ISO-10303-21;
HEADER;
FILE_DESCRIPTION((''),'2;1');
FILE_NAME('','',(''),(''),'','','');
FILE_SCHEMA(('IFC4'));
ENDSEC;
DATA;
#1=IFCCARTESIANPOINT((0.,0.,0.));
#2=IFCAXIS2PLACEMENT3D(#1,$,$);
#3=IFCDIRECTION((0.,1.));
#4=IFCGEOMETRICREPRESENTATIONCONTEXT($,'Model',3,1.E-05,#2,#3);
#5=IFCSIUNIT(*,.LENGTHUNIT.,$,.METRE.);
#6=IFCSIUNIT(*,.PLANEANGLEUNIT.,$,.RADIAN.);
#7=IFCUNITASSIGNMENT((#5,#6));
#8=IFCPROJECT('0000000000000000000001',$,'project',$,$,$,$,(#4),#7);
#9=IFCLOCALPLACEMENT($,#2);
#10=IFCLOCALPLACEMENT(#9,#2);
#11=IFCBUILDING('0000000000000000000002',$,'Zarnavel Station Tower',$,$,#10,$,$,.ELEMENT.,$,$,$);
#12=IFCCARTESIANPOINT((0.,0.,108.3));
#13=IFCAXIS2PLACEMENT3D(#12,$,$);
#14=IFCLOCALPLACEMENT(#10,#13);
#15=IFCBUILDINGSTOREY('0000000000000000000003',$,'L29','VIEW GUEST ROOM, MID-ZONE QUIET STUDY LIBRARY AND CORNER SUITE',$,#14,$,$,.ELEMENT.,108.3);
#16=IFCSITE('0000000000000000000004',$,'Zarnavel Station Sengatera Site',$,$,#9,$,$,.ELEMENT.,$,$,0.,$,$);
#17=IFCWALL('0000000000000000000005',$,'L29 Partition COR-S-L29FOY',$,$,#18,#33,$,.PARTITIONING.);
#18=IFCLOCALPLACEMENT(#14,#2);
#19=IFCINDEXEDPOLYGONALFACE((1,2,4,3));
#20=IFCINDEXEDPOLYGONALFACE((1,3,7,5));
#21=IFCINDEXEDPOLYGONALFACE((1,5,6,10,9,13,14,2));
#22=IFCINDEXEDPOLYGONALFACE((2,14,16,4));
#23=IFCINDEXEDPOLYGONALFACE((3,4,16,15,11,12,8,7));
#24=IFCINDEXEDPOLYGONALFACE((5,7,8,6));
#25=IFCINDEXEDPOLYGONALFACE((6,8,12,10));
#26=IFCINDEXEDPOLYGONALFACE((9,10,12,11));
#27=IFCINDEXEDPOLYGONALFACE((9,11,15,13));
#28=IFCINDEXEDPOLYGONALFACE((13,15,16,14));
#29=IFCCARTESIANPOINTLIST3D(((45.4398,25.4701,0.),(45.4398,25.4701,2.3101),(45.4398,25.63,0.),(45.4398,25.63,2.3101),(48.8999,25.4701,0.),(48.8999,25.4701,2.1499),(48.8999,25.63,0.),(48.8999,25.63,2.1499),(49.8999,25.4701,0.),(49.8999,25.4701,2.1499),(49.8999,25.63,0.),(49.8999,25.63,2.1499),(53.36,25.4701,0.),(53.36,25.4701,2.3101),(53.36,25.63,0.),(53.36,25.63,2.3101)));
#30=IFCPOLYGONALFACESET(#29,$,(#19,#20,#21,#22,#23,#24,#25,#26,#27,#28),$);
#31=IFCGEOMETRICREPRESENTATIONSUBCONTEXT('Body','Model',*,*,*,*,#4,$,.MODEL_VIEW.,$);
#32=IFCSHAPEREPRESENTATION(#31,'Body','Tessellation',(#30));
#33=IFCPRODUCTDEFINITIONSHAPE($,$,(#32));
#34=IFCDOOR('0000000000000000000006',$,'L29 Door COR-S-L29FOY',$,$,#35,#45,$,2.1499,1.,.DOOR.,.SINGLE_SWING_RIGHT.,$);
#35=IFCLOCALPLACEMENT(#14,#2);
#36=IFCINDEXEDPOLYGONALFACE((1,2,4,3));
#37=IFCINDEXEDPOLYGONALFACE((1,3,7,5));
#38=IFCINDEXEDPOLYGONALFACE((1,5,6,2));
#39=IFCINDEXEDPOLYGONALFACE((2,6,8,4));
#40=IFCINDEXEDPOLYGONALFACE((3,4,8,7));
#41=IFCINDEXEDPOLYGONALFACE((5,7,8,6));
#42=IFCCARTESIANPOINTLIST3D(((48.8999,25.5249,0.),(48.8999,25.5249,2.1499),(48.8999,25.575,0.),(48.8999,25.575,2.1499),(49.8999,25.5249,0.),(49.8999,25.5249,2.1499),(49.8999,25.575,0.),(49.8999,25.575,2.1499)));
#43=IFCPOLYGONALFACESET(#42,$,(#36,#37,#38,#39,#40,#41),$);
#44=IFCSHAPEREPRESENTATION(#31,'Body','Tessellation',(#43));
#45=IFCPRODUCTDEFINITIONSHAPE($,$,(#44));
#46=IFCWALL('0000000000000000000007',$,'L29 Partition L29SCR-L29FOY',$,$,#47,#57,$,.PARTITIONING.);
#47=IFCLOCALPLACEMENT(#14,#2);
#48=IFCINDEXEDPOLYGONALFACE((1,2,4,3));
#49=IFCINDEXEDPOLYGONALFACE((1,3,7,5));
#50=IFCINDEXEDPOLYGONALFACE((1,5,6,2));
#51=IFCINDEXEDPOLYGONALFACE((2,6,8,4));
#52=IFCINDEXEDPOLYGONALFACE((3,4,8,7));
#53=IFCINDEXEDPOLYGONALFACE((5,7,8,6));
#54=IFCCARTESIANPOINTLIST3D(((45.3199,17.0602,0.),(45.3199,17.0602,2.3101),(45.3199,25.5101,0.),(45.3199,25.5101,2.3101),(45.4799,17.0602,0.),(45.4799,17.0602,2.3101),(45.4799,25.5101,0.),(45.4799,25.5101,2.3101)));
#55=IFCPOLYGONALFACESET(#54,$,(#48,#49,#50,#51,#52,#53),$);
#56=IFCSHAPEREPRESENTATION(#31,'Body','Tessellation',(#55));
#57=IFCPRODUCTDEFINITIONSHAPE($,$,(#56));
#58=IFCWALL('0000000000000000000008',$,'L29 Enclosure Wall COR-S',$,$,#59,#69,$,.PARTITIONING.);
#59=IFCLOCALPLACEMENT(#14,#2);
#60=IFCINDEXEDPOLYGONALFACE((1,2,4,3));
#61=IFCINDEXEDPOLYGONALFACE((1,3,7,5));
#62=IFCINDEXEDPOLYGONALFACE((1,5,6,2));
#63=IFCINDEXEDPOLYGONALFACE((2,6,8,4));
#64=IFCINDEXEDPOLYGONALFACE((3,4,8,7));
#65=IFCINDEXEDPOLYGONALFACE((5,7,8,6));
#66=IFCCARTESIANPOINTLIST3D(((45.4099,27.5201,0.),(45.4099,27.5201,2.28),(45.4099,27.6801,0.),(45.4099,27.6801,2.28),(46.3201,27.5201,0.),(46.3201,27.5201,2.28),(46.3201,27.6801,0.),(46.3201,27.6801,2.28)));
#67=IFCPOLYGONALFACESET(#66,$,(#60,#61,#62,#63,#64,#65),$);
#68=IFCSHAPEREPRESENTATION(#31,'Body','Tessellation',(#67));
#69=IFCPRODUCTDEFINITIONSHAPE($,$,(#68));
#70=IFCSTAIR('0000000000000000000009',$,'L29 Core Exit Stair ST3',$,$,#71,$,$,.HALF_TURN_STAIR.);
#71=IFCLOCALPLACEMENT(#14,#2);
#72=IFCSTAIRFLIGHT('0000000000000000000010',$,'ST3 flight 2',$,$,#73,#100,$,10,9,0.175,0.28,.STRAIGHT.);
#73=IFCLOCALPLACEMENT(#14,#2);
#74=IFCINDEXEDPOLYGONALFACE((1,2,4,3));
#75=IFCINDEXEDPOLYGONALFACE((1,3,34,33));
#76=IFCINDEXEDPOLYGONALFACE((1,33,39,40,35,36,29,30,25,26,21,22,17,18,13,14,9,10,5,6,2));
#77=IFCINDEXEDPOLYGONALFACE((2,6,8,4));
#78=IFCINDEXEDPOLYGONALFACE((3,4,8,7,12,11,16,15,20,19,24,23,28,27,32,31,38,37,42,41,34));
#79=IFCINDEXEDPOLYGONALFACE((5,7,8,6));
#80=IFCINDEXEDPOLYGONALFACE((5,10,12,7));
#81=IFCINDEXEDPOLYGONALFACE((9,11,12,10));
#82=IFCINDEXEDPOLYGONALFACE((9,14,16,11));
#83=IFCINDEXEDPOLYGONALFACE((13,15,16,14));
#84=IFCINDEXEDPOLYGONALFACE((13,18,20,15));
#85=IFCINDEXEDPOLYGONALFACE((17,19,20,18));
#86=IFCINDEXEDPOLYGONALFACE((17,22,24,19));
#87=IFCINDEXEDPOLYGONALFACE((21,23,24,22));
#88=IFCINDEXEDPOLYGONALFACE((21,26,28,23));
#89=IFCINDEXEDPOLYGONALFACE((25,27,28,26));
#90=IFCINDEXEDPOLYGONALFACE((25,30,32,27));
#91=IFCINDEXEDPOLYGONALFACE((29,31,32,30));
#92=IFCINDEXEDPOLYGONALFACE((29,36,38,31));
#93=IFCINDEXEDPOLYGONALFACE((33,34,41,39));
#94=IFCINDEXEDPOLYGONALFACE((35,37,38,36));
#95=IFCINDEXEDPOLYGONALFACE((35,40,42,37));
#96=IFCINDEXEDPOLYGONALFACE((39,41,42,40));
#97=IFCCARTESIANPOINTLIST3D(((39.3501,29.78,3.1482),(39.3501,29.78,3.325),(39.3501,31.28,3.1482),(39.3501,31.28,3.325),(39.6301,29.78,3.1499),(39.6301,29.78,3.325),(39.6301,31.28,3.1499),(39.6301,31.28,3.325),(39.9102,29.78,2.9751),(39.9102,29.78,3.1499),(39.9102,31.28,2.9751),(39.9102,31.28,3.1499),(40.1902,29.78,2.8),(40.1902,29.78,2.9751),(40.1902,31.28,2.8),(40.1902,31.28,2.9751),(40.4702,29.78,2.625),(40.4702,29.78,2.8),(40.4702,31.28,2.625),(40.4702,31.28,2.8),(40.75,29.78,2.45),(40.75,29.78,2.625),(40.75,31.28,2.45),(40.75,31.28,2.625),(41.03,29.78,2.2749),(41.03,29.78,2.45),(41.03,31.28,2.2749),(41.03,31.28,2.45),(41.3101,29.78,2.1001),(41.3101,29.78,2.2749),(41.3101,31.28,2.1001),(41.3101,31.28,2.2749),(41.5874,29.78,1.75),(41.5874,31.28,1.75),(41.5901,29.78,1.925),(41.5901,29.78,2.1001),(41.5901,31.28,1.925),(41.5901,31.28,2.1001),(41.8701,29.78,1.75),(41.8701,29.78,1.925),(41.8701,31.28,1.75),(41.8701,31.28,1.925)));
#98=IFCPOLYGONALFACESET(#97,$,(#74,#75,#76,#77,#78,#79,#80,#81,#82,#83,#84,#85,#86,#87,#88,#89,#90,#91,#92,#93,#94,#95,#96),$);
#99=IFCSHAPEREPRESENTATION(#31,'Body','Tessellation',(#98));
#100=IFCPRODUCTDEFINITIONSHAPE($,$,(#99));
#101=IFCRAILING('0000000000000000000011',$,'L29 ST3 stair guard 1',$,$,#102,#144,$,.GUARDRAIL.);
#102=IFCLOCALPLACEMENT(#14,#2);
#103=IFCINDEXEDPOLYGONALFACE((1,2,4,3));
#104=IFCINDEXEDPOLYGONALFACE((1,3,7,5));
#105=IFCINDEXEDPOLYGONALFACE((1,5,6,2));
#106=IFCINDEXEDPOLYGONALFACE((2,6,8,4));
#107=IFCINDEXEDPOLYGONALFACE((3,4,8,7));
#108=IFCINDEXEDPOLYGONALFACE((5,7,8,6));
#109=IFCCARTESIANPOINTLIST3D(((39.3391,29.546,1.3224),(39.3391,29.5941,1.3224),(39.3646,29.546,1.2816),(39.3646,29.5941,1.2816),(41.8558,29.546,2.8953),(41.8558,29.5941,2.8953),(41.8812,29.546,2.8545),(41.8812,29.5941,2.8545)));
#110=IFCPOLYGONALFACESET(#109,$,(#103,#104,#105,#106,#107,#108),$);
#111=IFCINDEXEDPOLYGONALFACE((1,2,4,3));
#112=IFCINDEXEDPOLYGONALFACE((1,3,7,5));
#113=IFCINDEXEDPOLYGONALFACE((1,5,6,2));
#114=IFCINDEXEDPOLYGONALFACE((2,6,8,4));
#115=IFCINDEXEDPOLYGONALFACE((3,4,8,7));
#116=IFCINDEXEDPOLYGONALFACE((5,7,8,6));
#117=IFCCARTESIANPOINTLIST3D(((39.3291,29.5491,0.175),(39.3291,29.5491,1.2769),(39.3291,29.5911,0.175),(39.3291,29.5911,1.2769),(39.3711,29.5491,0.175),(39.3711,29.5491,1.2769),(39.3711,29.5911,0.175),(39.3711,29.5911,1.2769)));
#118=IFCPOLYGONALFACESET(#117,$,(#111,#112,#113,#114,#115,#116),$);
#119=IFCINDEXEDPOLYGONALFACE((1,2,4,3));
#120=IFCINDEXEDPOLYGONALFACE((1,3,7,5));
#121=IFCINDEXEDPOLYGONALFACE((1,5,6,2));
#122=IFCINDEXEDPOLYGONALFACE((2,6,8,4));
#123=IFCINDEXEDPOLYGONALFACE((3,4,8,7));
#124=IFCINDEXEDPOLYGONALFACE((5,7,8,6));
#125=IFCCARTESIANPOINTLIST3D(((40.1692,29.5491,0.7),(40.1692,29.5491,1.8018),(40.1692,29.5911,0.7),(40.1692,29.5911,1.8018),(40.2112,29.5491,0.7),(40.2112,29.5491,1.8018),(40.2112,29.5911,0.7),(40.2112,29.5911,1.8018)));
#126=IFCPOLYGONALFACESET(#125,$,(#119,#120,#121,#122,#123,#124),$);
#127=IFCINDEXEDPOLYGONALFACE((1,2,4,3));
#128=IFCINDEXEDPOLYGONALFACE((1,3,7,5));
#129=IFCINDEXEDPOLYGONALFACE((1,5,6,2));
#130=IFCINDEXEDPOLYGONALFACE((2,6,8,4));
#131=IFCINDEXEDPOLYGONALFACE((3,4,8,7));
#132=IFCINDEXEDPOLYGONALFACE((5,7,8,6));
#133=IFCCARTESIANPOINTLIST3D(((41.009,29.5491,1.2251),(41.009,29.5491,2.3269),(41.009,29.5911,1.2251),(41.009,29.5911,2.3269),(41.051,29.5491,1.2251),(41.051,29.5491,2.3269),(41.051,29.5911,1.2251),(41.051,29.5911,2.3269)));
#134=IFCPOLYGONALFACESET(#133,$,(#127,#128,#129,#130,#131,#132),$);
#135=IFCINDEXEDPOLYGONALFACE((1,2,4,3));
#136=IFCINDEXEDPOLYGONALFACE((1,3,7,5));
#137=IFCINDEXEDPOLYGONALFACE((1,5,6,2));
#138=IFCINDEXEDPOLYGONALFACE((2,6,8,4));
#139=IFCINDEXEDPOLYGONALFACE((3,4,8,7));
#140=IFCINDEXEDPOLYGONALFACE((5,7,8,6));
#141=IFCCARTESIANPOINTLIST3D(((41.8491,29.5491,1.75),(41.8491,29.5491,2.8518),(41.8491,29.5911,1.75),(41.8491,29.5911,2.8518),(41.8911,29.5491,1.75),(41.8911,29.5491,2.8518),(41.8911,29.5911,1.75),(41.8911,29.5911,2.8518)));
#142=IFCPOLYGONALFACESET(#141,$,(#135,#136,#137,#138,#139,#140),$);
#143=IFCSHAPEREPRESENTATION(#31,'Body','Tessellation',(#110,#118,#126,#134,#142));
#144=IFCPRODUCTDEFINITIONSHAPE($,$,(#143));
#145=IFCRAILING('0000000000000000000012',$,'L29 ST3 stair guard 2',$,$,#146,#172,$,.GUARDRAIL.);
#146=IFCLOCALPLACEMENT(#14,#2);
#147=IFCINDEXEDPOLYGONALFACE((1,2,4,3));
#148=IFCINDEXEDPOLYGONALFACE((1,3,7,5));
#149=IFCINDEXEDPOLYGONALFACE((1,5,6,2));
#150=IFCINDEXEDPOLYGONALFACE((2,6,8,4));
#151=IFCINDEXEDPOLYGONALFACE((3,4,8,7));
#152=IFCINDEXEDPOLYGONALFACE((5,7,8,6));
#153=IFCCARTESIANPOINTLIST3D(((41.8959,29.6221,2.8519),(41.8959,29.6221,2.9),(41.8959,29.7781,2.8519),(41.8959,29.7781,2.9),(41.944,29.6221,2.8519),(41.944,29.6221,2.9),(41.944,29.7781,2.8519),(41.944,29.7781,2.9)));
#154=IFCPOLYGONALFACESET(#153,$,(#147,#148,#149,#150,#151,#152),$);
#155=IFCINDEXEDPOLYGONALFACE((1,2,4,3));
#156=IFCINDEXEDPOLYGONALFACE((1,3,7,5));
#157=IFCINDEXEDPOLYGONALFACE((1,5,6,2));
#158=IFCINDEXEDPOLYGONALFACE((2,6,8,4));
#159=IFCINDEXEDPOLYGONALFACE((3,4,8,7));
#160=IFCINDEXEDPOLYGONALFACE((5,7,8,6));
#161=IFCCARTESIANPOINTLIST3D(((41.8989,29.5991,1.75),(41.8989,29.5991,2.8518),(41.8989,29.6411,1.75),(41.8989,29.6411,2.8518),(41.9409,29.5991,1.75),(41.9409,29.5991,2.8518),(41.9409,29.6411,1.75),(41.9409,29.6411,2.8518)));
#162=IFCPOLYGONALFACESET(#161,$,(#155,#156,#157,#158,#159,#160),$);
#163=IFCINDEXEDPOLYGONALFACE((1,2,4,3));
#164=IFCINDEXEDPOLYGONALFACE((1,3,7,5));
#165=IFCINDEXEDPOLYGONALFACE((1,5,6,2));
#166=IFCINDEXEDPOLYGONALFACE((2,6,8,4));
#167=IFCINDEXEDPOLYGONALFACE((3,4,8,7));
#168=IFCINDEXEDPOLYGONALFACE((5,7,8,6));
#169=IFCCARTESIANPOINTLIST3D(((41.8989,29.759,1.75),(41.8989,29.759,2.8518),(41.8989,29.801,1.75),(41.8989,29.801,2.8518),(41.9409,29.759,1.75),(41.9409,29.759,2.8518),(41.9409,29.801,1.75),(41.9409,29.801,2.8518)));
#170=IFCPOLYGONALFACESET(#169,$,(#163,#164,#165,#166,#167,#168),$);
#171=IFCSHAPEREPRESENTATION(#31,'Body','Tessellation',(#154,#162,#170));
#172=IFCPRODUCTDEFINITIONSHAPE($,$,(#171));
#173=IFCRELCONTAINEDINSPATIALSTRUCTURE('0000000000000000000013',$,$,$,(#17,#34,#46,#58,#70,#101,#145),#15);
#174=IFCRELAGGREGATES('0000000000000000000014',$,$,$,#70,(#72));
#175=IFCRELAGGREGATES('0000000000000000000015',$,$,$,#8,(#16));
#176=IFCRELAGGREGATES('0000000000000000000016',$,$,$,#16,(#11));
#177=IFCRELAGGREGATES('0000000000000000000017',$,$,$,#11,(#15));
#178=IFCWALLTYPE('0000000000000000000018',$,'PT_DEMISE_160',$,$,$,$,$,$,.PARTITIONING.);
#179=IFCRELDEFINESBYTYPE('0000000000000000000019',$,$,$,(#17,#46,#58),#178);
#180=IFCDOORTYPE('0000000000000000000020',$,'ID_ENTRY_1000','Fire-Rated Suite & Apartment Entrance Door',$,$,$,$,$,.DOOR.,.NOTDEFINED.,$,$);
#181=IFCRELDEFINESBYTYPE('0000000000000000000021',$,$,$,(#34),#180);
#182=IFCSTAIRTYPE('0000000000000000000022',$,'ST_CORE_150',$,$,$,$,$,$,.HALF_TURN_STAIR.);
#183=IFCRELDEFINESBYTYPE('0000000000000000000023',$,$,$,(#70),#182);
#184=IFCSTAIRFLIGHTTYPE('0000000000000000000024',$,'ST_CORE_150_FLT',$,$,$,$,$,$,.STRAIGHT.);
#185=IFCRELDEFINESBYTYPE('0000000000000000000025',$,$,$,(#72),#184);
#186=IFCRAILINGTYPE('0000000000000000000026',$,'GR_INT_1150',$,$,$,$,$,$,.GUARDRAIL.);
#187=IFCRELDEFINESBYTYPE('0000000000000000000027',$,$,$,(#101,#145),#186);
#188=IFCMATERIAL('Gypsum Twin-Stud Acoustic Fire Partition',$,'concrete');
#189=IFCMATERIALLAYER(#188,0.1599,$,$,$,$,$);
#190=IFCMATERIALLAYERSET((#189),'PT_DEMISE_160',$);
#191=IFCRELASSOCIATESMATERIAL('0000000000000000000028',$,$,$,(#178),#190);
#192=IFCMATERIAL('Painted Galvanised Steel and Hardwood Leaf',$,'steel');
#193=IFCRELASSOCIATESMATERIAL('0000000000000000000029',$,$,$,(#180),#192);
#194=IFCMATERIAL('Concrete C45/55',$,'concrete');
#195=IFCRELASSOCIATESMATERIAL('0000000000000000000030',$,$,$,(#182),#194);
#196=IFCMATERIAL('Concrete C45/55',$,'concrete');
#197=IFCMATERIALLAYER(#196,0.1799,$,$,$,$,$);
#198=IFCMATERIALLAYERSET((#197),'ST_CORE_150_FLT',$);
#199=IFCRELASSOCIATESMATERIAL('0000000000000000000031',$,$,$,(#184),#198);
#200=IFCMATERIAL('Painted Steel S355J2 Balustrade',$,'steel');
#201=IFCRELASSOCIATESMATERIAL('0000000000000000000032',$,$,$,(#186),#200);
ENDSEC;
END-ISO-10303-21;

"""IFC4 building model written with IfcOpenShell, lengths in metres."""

from ifc_helpers import new_model, si_unit, direction, frame, frame_2d, origin, origin_2d, place, context, subcontext, project, spatial, polyline, rectangle, outline, extrude, material, layer, layer_set, type_object, element, fill, aggregate, save


model = new_model("IFC4")

# Units and contexts
model_context = context("Model", 3, precision=1e-05, world=origin(), true_north=direction((0.0, 1.0)))
body_context = subcontext(model_context, "Body", "Model", "MODEL_VIEW")
ifc_project = project(units=[si_unit("LENGTHUNIT", "METRE"), si_unit("PLANEANGLEUNIT", "RADIAN")], contexts=[model_context])

# Site, building, storey
site_placement = place(None, origin())
site = spatial("IfcSite", under=ifc_project, at=site_placement, Name="Zarnavel Station Sengatera Site", CompositionType="ELEMENT", RefElevation=0.0)
building_placement = place(site_placement, origin())
building = spatial("IfcBuilding", under=site, at=building_placement, Name="Zarnavel Station Tower", CompositionType="ELEMENT")
storey_placement = place(building_placement, frame((0.0, 0.0, 108.3)))
storey = spatial("IfcBuildingStorey", under=building, at=storey_placement, Name="L29", Description="VIEW GUEST ROOM, MID-ZONE QUIET STUDY LIBRARY AND CORNER SUITE", CompositionType="ELEMENT", Elevation=108.3)

# Wall, opening, door
ifc_material_1 = material(Name="Gypsum Twin-Stud Acoustic Fire Partition", Category="concrete")
ifc_layer_1 = layer(ifc_material_1, 0.1599)
ifc_layer_set_1 = layer_set([ifc_layer_1], Name="PT_DEMISE_160")
wall_type_1 = type_object("IfcWallType", Name="PT_DEMISE_160", PredefinedType="PARTITIONING", material=ifc_layer_set_1)
wall_1_placement = place(storey_placement, frame((45.4399, 25.55, 0.0), z_axis=(0.0, 0.0, 1.0), x_axis=(1.0, 0.0, 0.0)))
wall_1 = element("IfcWall", 1, at=wall_1_placement, inside=storey, type_object=wall_type_1, Name="L29 Partition COR-S-L29FOY", PredefinedType="PARTITIONING", context=body_context, shape_type="SweptSolid", body=[
    extrude(rectangle(XDim=7.9202, YDim=0.1599, at=frame_2d((3.96, 0.0))), origin(), (0.0, 0.0, 1.0), 2.3101),
])
opening_1_placement = place(wall_1_placement, frame((3.46, 0.0, 0.0)))
opening_1 = element("IfcOpeningElement", 2, at=opening_1_placement, cuts=wall_1, PredefinedType="OPENING", context=body_context, shape_type="SweptSolid", body=[
    extrude(rectangle(XDim=1.0, YDim=2.1499, at=frame_2d((0.5, 1.075))), frame((0.0, 0.0898, 0.0), z_axis=(0.0, -1.0, 0.0), x_axis=(1.0, 0.0, 0.0)), (0.0, 0.0, 1.0), 0.1799),
])
ifc_material_2 = material(Name="Painted Galvanised Steel and Hardwood Leaf", Category="steel")
door_type_1 = type_object("IfcDoorType", Name="ID_ENTRY_1000", Description="Fire-Rated Suite & Apartment Entrance Door", OperationType="NOTDEFINED", PredefinedType="DOOR", material=ifc_material_2)
door_1_placement = place(opening_1_placement, origin())
door_1 = element("IfcDoor", 3, at=door_1_placement, inside=storey, type_object=door_type_1, Name="L29 Door COR-S-L29FOY", OperationType="SINGLE_SWING_RIGHT", OverallHeight=2.1499, OverallWidth=1.0, PredefinedType="DOOR", context=body_context, shape_type="SweptSolid", body=[
    extrude(rectangle(XDim=1.0, YDim=2.1499, at=frame_2d((0.5, 1.075))), frame((0.0, 0.0249, 0.0), z_axis=(0.0, -1.0, 0.0), x_axis=(1.0, 0.0, 0.0)), (0.0, 0.0, 1.0), 0.05),
])
fill(opening_1, door_1)

# Walls
wall_2_placement = place(storey_placement, frame((45.3999, 17.0601, 0.0), z_axis=(0.0, 0.0, 1.0), x_axis=(0.0, 1.0, 0.0)))
element("IfcWall", 4, at=wall_2_placement, inside=storey, type_object=wall_type_1, Name="L29 Partition L29SCR-L29FOY", PredefinedType="PARTITIONING", context=body_context, shape_type="SweptSolid", body=[
    extrude(rectangle(XDim=8.45, YDim=0.1599, at=frame_2d((4.2251, 0.0))), origin(), (0.0, 0.0, 1.0), 2.3101),
])
wall_3_placement = place(storey_placement, frame((45.4099, 27.6001, 0.0), z_axis=(0.0, 0.0, 1.0), x_axis=(1.0, 0.0, 0.0)))
element("IfcWall", 5, at=wall_3_placement, inside=storey, type_object=wall_type_1, Name="L29 Enclosure Wall COR-S", PredefinedType="PARTITIONING", context=body_context, shape_type="SweptSolid", body=[
    extrude(rectangle(XDim=0.9102, YDim=0.1599, at=frame_2d((0.4551, 0.0))), origin(), (0.0, 0.0, 1.0), 2.28),
])

# Stair, stair flight
ifc_material_3 = material(Name="Concrete C45/55", Category="concrete")
stair_type = type_object("IfcStairType", Name="ST_CORE_150", PredefinedType="HALF_TURN_STAIR", material=ifc_material_3)
stair_placement = place(storey_placement, origin())
stair = element("IfcStair", 6, at=stair_placement, inside=storey, type_object=stair_type, Name="L29 Core Exit Stair ST3", PredefinedType="HALF_TURN_STAIR")
ifc_material_4 = material(Name="Concrete C45/55", Category="concrete")
ifc_layer_2 = layer(ifc_material_4, 0.1799)
ifc_layer_set_2 = layer_set([ifc_layer_2], Name="ST_CORE_150_FLT")
stair_flight_type = type_object("IfcStairFlightType", Name="ST_CORE_150_FLT", PredefinedType="STRAIGHT", material=ifc_layer_set_2)
stair_flight_placement = place(storey_placement, frame((41.8701, 30.53, 1.75), z_axis=(0.0, 0.0, 1.0), x_axis=(-1.0, 0.0, 0.0)))
stair_flight = element("IfcStairFlight", 7, at=stair_flight_placement, type_object=stair_flight_type, Name="ST3 flight 2", NumberOfRisers=10, NumberOfTreads=9, PredefinedType="STRAIGHT", RiserHeight=0.175, TreadLength=0.28, context=body_context, shape_type="SweptSolid", body=[
    extrude(outline(polyline([(0.0, 0.0), (0.0, 0.175), (0.28, 0.175), (0.28, 0.3501), (0.5601, 0.3501), (0.5601, 0.5249), (0.8401, 0.5249), (0.8401, 0.7), (1.1201, 0.7), (1.1201, 0.875), (1.3999, 0.875), (1.3999, 1.05), (1.6799, 1.05), (1.6799, 1.2251), (1.96, 1.2251), (1.96, 1.3999), (2.24, 1.3999), (2.24, 1.575), (2.52, 1.575), (2.52, 1.75), (2.52, 1.3982), (0.2827, 0.0), (0.0, 0.0)])), frame((0.0, 0.75, 0.0), z_axis=(0.0, -1.0, 0.0), x_axis=(1.0, 0.0, 0.0)), (0.0, 0.0, 1.0), 1.5),
])
aggregate(stair, [stair_flight])

# Railings
ifc_material_5 = material(Name="Painted Steel S355J2 Balustrade", Category="steel")
railing_type_1 = type_object("IfcRailingType", Name="GR_INT_1150", PredefinedType="GUARDRAIL", material=ifc_material_5)
railing_1_placement = place(storey_placement, frame((39.3501, 29.5701, 0.175)))
element("IfcRailing", 8, at=railing_1_placement, inside=storey, type_object=railing_type_1, Name="L29 ST3 stair guard 1", PredefinedType="GUARDRAIL", context=body_context, shape_type="SweptSolid", body=[
    extrude(rectangle(XDim=0.0481, YDim=0.0481, at=origin_2d()), frame((0.0017, 0.0, 1.127), z_axis=(0.848008, 0.0, 0.529984), x_axis=(0.0, 1.0, 0.0)), (0.0, 0.0, 1.0), 2.9678),
    extrude(rectangle(XDim=0.042, YDim=0.042, at=origin_2d()), origin(), (0.0, 0.0, 1.0), 1.1018),
    extrude(rectangle(XDim=0.042, YDim=0.042, at=origin_2d()), frame((0.8401, 0.0, 0.5249)), (0.0, 0.0, 1.0), 1.1018),
    extrude(rectangle(XDim=0.042, YDim=0.042, at=origin_2d()), frame((1.6799, 0.0, 1.05)), (0.0, 0.0, 1.0), 1.1018),
    extrude(rectangle(XDim=0.042, YDim=0.042, at=origin_2d()), frame((2.52, 0.0, 1.575)), (0.0, 0.0, 1.0), 1.1018),
])
railing_2_placement = place(storey_placement, frame((41.9199, 29.6201, 1.75)))
element("IfcRailing", 9, at=railing_2_placement, inside=storey, type_object=railing_type_1, Name="L29 ST3 stair guard 2", PredefinedType="GUARDRAIL", context=body_context, shape_type="SweptSolid", body=[
    extrude(rectangle(XDim=0.0481, YDim=0.0481, at=origin_2d()), frame((0.0, 0.002, 1.126), z_axis=(0.0, 1.0, 0.0), x_axis=(-1.0, 0.0, 0.0)), (0.0, 0.0, 1.0), 0.156),
    extrude(rectangle(XDim=0.042, YDim=0.042, at=origin_2d()), origin(), (0.0, 0.0, 1.0), 1.1018),
    extrude(rectangle(XDim=0.042, YDim=0.042, at=origin_2d()), frame((0.0, 0.1599, 0.0)), (0.0, 0.0, 1.0), 1.1018),
])

save(model, "model.ifc")
